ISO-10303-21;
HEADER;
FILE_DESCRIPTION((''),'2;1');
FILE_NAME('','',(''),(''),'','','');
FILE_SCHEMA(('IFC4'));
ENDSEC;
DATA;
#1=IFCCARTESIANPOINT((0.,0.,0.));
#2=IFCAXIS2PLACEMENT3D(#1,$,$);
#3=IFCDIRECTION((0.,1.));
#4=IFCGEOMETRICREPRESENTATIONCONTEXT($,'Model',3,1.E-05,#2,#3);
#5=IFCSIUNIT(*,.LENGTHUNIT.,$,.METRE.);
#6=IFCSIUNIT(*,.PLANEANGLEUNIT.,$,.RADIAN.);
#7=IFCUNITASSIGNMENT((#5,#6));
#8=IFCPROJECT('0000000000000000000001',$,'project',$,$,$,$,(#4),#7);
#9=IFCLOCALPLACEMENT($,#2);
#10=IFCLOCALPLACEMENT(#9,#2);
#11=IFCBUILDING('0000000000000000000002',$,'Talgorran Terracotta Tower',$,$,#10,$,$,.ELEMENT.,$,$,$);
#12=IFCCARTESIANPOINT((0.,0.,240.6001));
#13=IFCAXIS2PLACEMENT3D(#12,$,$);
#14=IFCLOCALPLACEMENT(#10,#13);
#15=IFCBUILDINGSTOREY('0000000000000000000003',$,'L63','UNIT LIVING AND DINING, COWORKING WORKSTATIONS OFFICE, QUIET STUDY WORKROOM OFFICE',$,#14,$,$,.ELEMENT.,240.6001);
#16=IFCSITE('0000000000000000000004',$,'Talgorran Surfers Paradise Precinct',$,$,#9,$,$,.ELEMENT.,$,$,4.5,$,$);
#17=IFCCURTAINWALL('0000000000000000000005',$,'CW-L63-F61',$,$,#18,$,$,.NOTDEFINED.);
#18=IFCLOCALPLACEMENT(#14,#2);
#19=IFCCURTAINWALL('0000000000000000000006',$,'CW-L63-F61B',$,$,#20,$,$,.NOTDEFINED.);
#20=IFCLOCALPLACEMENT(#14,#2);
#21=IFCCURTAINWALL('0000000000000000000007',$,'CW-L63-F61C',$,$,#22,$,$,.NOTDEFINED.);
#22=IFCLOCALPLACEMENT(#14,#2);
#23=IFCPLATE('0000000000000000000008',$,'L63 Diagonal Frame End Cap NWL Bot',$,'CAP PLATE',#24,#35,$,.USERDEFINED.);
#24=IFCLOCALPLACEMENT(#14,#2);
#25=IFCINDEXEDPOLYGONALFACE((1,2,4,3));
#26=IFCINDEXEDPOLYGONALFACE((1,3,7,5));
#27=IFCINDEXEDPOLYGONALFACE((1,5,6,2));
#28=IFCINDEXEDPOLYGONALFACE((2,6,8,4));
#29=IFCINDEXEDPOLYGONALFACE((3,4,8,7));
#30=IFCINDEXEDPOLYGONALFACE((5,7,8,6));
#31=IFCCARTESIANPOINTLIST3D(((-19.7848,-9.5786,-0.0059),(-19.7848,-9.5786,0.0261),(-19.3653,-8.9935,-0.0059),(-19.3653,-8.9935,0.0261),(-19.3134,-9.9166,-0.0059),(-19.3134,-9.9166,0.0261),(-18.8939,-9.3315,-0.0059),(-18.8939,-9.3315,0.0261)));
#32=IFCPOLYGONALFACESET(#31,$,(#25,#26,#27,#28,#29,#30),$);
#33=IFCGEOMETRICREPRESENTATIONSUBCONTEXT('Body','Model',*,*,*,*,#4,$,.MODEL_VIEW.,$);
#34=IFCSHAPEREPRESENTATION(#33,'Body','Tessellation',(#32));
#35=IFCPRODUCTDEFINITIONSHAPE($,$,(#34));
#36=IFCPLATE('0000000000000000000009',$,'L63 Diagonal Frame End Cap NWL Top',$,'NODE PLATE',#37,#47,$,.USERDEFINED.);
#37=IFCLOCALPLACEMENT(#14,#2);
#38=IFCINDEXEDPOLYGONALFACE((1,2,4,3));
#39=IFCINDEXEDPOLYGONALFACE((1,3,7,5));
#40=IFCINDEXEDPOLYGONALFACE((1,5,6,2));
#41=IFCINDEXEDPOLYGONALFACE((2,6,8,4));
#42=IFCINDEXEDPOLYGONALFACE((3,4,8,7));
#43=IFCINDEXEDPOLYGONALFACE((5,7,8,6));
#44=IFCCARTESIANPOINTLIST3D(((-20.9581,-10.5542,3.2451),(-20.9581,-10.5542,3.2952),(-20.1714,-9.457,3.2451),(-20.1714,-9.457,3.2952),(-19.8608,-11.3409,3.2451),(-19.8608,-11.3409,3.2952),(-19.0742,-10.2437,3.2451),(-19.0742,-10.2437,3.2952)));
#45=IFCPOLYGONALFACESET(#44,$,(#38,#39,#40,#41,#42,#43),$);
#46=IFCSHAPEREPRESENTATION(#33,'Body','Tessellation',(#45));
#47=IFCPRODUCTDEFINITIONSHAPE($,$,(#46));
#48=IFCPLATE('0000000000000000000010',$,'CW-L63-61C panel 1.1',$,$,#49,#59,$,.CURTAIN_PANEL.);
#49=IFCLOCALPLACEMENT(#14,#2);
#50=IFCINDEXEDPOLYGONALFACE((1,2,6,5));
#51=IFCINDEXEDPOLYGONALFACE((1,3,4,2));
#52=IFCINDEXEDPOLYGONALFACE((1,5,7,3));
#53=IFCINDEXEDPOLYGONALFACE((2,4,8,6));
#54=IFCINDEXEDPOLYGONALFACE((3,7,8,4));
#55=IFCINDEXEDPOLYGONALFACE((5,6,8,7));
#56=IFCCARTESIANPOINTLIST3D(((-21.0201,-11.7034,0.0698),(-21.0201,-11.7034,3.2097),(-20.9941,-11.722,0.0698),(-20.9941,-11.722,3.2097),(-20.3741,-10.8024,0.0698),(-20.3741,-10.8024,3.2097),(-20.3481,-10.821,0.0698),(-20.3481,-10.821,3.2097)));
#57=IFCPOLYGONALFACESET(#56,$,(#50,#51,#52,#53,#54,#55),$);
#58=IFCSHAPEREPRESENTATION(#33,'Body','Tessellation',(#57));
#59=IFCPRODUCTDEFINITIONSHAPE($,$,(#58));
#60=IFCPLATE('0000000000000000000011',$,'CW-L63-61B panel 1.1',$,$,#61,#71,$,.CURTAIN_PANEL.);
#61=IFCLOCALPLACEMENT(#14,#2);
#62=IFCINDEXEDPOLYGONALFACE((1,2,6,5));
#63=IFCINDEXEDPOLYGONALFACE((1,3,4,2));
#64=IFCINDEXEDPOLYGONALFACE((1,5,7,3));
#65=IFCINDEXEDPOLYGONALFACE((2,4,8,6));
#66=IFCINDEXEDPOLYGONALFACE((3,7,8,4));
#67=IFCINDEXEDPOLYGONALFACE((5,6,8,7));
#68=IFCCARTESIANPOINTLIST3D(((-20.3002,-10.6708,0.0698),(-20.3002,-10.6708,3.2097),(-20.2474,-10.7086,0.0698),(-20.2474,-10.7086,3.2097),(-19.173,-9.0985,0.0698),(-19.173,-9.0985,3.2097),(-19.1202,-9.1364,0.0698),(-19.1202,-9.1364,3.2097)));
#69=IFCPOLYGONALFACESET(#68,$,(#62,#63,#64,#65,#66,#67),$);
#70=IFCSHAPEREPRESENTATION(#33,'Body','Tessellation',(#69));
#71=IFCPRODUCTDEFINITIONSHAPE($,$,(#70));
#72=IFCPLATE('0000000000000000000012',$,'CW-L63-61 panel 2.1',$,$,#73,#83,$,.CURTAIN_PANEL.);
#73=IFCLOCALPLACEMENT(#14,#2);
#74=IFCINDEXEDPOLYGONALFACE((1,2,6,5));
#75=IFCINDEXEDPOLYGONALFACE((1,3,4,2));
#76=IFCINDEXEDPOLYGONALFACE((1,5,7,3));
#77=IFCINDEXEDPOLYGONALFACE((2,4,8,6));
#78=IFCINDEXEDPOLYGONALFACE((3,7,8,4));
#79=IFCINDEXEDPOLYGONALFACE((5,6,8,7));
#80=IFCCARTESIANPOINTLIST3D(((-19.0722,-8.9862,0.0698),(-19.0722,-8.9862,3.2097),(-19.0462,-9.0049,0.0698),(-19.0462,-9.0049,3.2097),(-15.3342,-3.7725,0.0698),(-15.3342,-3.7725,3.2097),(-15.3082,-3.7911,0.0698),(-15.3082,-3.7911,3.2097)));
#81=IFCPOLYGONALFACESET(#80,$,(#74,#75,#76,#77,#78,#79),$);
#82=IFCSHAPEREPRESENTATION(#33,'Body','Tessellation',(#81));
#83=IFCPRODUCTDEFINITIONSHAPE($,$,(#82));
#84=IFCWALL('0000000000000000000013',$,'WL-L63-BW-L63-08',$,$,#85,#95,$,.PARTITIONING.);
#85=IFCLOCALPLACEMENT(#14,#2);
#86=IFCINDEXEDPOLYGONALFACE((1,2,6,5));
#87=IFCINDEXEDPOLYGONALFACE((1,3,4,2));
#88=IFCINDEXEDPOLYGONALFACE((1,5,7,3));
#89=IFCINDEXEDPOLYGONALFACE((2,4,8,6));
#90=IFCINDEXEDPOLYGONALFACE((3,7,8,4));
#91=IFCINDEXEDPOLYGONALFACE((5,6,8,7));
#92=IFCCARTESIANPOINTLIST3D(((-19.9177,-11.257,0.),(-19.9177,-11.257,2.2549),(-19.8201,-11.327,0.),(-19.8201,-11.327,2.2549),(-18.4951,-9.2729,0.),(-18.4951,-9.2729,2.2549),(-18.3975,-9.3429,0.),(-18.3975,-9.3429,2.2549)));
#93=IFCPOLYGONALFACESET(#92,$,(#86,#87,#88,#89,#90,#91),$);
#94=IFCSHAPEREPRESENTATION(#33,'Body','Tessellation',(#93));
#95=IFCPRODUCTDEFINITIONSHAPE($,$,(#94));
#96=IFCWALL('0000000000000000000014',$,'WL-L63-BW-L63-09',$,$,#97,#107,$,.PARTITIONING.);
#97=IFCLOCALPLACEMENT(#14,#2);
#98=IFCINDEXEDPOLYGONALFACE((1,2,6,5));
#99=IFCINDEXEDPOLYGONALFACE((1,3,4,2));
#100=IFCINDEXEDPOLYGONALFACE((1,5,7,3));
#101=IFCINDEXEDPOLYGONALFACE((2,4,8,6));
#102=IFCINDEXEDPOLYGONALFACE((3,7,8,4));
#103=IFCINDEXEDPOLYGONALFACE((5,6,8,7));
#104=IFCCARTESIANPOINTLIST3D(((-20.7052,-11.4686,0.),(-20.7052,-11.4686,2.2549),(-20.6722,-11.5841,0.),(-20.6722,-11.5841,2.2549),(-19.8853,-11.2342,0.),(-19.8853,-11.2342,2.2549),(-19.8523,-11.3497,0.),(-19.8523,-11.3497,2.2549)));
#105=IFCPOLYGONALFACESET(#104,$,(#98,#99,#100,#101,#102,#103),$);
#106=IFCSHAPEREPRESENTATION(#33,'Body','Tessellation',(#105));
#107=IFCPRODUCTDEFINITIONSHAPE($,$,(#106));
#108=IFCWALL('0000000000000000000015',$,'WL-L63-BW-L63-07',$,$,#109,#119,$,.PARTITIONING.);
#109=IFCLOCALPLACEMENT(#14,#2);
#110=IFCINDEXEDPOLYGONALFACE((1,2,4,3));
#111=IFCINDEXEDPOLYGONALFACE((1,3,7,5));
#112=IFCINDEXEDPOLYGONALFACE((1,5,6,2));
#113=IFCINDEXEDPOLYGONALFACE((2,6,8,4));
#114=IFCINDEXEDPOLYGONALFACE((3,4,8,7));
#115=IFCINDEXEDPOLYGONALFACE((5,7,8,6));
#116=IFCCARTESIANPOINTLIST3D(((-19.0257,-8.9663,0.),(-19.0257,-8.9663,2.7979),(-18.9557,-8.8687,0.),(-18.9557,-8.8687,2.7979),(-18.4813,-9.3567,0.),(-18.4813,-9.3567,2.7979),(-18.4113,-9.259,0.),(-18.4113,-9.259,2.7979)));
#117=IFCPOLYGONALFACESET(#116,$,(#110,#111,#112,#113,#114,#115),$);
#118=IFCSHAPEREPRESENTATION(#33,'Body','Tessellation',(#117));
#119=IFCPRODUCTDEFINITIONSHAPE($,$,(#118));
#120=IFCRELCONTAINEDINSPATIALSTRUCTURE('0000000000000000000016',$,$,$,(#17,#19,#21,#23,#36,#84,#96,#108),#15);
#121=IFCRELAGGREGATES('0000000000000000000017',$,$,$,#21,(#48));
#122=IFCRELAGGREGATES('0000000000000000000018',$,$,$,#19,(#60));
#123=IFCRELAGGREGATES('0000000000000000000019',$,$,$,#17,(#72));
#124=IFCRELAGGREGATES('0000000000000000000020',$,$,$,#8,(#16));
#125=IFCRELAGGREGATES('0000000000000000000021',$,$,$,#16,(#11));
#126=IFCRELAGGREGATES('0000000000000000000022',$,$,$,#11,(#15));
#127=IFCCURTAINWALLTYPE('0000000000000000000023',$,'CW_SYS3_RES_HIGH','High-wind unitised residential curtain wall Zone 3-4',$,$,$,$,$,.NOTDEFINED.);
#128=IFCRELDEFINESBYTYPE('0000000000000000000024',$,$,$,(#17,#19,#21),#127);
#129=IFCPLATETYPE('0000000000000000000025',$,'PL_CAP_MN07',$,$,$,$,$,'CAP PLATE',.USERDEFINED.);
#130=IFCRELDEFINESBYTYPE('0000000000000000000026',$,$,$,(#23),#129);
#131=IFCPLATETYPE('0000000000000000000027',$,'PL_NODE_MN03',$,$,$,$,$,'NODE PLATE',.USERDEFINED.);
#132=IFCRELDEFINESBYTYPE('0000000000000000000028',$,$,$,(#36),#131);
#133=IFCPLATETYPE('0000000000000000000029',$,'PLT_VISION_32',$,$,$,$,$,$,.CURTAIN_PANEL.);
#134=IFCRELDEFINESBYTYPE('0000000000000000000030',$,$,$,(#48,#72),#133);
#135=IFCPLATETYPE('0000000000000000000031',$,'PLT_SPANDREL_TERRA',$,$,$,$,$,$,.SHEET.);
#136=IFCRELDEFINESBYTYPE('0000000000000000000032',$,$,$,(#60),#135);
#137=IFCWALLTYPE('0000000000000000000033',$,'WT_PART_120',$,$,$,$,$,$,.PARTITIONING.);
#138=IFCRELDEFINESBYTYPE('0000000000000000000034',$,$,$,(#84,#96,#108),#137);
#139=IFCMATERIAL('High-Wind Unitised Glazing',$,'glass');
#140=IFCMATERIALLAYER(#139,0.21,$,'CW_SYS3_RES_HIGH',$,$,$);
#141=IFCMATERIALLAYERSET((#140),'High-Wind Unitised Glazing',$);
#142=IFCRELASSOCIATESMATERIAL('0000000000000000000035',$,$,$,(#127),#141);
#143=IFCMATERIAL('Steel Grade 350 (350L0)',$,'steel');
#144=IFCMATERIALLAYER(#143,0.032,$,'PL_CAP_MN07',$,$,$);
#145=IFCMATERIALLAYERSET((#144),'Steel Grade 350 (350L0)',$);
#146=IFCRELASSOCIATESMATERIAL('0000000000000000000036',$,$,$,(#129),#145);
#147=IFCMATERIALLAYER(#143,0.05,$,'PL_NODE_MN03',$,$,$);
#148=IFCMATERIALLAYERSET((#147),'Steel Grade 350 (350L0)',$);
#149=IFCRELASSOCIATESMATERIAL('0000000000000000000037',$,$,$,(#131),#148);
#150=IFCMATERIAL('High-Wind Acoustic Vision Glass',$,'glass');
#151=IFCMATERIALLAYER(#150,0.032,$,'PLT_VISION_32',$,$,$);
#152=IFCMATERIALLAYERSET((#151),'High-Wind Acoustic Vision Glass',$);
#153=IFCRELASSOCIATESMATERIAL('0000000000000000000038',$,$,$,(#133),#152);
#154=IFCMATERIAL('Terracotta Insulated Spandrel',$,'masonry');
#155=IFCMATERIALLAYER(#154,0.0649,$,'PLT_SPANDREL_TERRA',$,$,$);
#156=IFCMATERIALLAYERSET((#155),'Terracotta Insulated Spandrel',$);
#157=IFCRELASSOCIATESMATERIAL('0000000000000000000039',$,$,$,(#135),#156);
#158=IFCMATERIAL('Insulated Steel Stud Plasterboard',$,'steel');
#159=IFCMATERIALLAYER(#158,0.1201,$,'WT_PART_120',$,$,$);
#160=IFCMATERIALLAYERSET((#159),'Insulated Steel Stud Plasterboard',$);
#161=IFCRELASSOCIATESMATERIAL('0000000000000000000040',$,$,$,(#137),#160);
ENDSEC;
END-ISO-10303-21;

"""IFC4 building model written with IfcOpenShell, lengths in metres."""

from ifc_helpers import new_model, si_unit, direction, frame, frame_2d, origin, origin_2d, place, context, subcontext, project, spatial, rectangle, extrude, source, transform, mapped, material, layer, layer_set, type_object, type_shapes, element, aggregate, save


model = new_model("IFC4")

# Units and contexts
model_context = context("Model", 3, precision=1e-05, world=origin(), true_north=direction((0.0, 1.0)))
body_context = subcontext(model_context, "Body", "Model", "MODEL_VIEW")
ifc_project = project(units=[si_unit("LENGTHUNIT", "METRE"), si_unit("PLANEANGLEUNIT", "RADIAN")], contexts=[model_context])

# Site, building, storey
site_placement = place(None, origin())
site = spatial("IfcSite", under=ifc_project, at=site_placement, Name="Talgorran Surfers Paradise Precinct", CompositionType="ELEMENT", RefElevation=4.5)
building_placement = place(site_placement, origin())
building = spatial("IfcBuilding", under=site, at=building_placement, Name="Talgorran Terracotta Tower", CompositionType="ELEMENT")
storey_placement = place(building_placement, frame((0.0, 0.0, 240.6001)))
storey = spatial("IfcBuildingStorey", under=building, at=storey_placement, Name="L63", Description="UNIT LIVING AND DINING, COWORKING WORKSTATIONS OFFICE, QUIET STUDY WORKROOM OFFICE", CompositionType="ELEMENT", Elevation=240.6001)

# Shared definitions
ifc_material_1 = material(Name="Steel Grade 350 (350L0)", Category="steel")

# Curtain wall
ifc_material_2 = material(Name="High-Wind Unitised Glazing", Category="glass")
ifc_layer_1 = layer(ifc_material_2, 0.21, Name="CW_SYS3_RES_HIGH")
ifc_layer_set_1 = layer_set([ifc_layer_1], Name="High-Wind Unitised Glazing")
curtain_wall_type = type_object("IfcCurtainWallType", Name="CW_SYS3_RES_HIGH", Description="High-wind unitised residential curtain wall Zone 3-4", PredefinedType="NOTDEFINED", material=ifc_layer_set_1)
curtain_wall_1_placement = place(storey_placement, origin())
curtain_wall_1 = element("IfcCurtainWall", 1, at=curtain_wall_1_placement, inside=storey, type_object=curtain_wall_type, Name="CW-L63-F61", PredefinedType="NOTDEFINED")

# Curtain walls
curtain_wall_2_placement = place(storey_placement, origin())
curtain_wall_2 = element("IfcCurtainWall", 2, at=curtain_wall_2_placement, inside=storey, type_object=curtain_wall_type, Name="CW-L63-F61B", PredefinedType="NOTDEFINED")
curtain_wall_3_placement = place(storey_placement, origin())
curtain_wall_3 = element("IfcCurtainWall", 3, at=curtain_wall_3_placement, inside=storey, type_object=curtain_wall_type, Name="CW-L63-F61C", PredefinedType="NOTDEFINED")

# Plates
ifc_layer_2 = layer(ifc_material_1, 0.032, Name="PL_CAP_MN07")
ifc_layer_set_2 = layer_set([ifc_layer_2], Name="Steel Grade 350 (350L0)")
plate_type_1 = type_object("IfcPlateType", Name="PL_CAP_MN07", ElementType="CAP PLATE", PredefinedType="USERDEFINED", material=ifc_layer_set_2)
plate_1_placement = place(storey_placement, frame((-19.3394, -9.4551, -0.0059), z_axis=(0.0, 0.0, 1.0), x_axis=(-0.58269, -0.812694, 0.0)))
element("IfcPlate", 4, at=plate_1_placement, inside=storey, type_object=plate_type_1, Name="L63 Diagonal Frame End Cap NWL Bot", ObjectType="CAP PLATE", PredefinedType="USERDEFINED", context=body_context, shape_type="SweptSolid", body=[
    extrude(rectangle(XDim=0.72, YDim=0.5801, at=origin_2d()), origin(), (0.0, 0.0, 1.0), 0.032),
])
ifc_layer_3 = layer(ifc_material_1, 0.05, Name="PL_NODE_MN03")
ifc_layer_set_3 = layer_set([ifc_layer_3], Name="Steel Grade 350 (350L0)")
plate_type_2 = type_object("IfcPlateType", Name="PL_NODE_MN03", ElementType="NODE PLATE", PredefinedType="USERDEFINED", material=ifc_layer_set_3)
plate_2_placement = place(storey_placement, frame((-20.0161, -10.3989, 3.2451), z_axis=(0.0, 0.0, 1.0), x_axis=(-0.58269, -0.812694, 0.0)))
element("IfcPlate", 5, at=plate_2_placement, inside=storey, type_object=plate_type_2, Name="L63 Diagonal Frame End Cap NWL Top", ObjectType="NODE PLATE", PredefinedType="USERDEFINED", context=body_context, shape_type="SweptSolid", body=[
    extrude(rectangle(XDim=1.3501, YDim=1.3501, at=origin_2d()), origin(), (0.0, 0.0, 1.0), 0.05),
])

# Plates
ifc_material_3 = material(Name="High-Wind Acoustic Vision Glass", Category="glass")
ifc_layer_4 = layer(ifc_material_3, 0.032, Name="PLT_VISION_32")
ifc_layer_set_4 = layer_set([ifc_layer_4], Name="High-Wind Acoustic Vision Glass")
plate_type_3 = type_object("IfcPlateType", Name="PLT_VISION_32", PredefinedType="CURTAIN_PANEL", material=ifc_layer_set_4)
shared_shape_1 = source(origin(), body_context, "Body", "SweptSolid", [
    extrude(rectangle(XDim=1.1086, YDim=0.032, at=origin_2d()), origin(), (0.0, 0.0, 1.0), 3.1399),
])
plate_3_placement = place(storey_placement, frame((-20.6841, -11.2622, 0.0698), z_axis=(0.0, 0.0, 1.0), x_axis=(-0.582677, -0.812704, 0.0)))
plate_3 = element("IfcPlate", 6, at=plate_3_placement, type_object=plate_type_3, Name="CW-L63-61C panel 1.1", PredefinedType="CURTAIN_PANEL", context=body_context, shape_type="MappedRepresentation", body=[
    mapped(shared_shape_1, transform((0.0, 0.0, 0.0), scale=1.0)),
])
aggregate(curtain_wall_3, [plate_3])
ifc_material_4 = material(Name="Terracotta Insulated Spandrel", Category="masonry")
ifc_layer_5 = layer(ifc_material_4, 0.0649, Name="PLT_SPANDREL_TERRA")
ifc_layer_set_5 = layer_set([ifc_layer_5], Name="Terracotta Insulated Spandrel")
plate_type_4 = type_object("IfcPlateType", Name="PLT_SPANDREL_TERRA", PredefinedType="SHEET", material=ifc_layer_set_5)
shared_shape_2 = source(origin(), body_context, "Body", "SweptSolid", [
    extrude(rectangle(XDim=1.9346, YDim=0.0649, at=origin_2d()), origin(), (0.0, 0.0, 1.0), 3.1399),
])
type_shapes(plate_type_4, [shared_shape_2])
plate_4_placement = place(storey_placement, frame((-19.7102, -9.9036, 0.0698), z_axis=(0.0, 0.0, 1.0), x_axis=(-0.582655, -0.812719, 0.0)))
plate_4 = element("IfcPlate", 7, at=plate_4_placement, type_object=plate_type_4, Name="CW-L63-61B panel 1.1", PredefinedType="CURTAIN_PANEL", context=body_context, shape_type="MappedRepresentation", body=[
    mapped(shared_shape_2, transform((0.0, 0.0, 0.0), scale=1.0)),
])
aggregate(curtain_wall_2, [plate_4])
shared_shape_3 = source(origin(), body_context, "Body", "SweptSolid", [
    extrude(rectangle(XDim=6.4153, YDim=0.032, at=origin_2d()), origin(), (0.0, 0.0, 1.0), 3.1399),
])
type_shapes(plate_type_3, [shared_shape_1, shared_shape_3])
plate_5_placement = place(storey_placement, frame((-17.1902, -6.3887, 0.0698), z_axis=(0.0, 0.0, 1.0), x_axis=(-0.582667, -0.812711, 0.0)))
plate_5 = element("IfcPlate", 8, at=plate_5_placement, type_object=plate_type_3, Name="CW-L63-61 panel 2.1", PredefinedType="CURTAIN_PANEL", context=body_context, shape_type="MappedRepresentation", body=[
    mapped(shared_shape_3, transform((0.0, 0.0, 0.0), scale=1.0)),
])
aggregate(curtain_wall_1, [plate_5])

# Walls
ifc_material_5 = material(Name="Insulated Steel Stud Plasterboard", Category="steel")
ifc_layer_6 = layer(ifc_material_5, 0.1201, Name="WT_PART_120")
ifc_layer_set_6 = layer_set([ifc_layer_6], Name="Insulated Steel Stud Plasterboard")
wall_type = type_object("IfcWallType", Name="WT_PART_120", PredefinedType="PARTITIONING", material=ifc_layer_set_6)
wall_1_placement = place(storey_placement, frame((-18.4463, -9.3079, 0.0), z_axis=(0.0, 0.0, 1.0), x_axis=(-0.582694, -0.812692, 0.0)))
element("IfcWall", 9, at=wall_1_placement, inside=storey, type_object=wall_type, Name="WL-L63-BW-L63-08", PredefinedType="PARTITIONING", context=body_context, shape_type="SweptSolid", body=[
    extrude(rectangle(XDim=2.4414, YDim=0.1201, at=frame_2d((1.2207, 0.0))), origin(), (0.0, 0.0, 1.0), 2.2549),
])
wall_2_placement = place(storey_placement, frame((-19.8689, -11.292, 0.0), z_axis=(0.0, 0.0, 1.0), x_axis=(-0.961481, -0.274872, 0.0)))
element("IfcWall", 10, at=wall_2_placement, inside=storey, type_object=wall_type, Name="WL-L63-BW-L63-09", PredefinedType="PARTITIONING", context=body_context, shape_type="SweptSolid", body=[
    extrude(rectangle(XDim=0.8528, YDim=0.1201, at=frame_2d((0.4263, 0.0))), origin(), (0.0, 0.0, 1.0), 2.2549),
])
wall_3_placement = place(storey_placement, frame((-18.9907, -8.9175, 0.0), z_axis=(0.0, 0.0, 1.0), x_axis=(0.812673, -0.58272, 0.0)))
element("IfcWall", 11, at=wall_3_placement, inside=storey, type_object=wall_type, Name="WL-L63-BW-L63-07", PredefinedType="PARTITIONING", context=body_context, shape_type="SweptSolid", body=[
    extrude(rectangle(XDim=0.6699, YDim=0.1201, at=frame_2d((0.335, 0.0))), origin(), (0.0, 0.0, 1.0), 2.7979),
])

save(model, "model.ifc")
